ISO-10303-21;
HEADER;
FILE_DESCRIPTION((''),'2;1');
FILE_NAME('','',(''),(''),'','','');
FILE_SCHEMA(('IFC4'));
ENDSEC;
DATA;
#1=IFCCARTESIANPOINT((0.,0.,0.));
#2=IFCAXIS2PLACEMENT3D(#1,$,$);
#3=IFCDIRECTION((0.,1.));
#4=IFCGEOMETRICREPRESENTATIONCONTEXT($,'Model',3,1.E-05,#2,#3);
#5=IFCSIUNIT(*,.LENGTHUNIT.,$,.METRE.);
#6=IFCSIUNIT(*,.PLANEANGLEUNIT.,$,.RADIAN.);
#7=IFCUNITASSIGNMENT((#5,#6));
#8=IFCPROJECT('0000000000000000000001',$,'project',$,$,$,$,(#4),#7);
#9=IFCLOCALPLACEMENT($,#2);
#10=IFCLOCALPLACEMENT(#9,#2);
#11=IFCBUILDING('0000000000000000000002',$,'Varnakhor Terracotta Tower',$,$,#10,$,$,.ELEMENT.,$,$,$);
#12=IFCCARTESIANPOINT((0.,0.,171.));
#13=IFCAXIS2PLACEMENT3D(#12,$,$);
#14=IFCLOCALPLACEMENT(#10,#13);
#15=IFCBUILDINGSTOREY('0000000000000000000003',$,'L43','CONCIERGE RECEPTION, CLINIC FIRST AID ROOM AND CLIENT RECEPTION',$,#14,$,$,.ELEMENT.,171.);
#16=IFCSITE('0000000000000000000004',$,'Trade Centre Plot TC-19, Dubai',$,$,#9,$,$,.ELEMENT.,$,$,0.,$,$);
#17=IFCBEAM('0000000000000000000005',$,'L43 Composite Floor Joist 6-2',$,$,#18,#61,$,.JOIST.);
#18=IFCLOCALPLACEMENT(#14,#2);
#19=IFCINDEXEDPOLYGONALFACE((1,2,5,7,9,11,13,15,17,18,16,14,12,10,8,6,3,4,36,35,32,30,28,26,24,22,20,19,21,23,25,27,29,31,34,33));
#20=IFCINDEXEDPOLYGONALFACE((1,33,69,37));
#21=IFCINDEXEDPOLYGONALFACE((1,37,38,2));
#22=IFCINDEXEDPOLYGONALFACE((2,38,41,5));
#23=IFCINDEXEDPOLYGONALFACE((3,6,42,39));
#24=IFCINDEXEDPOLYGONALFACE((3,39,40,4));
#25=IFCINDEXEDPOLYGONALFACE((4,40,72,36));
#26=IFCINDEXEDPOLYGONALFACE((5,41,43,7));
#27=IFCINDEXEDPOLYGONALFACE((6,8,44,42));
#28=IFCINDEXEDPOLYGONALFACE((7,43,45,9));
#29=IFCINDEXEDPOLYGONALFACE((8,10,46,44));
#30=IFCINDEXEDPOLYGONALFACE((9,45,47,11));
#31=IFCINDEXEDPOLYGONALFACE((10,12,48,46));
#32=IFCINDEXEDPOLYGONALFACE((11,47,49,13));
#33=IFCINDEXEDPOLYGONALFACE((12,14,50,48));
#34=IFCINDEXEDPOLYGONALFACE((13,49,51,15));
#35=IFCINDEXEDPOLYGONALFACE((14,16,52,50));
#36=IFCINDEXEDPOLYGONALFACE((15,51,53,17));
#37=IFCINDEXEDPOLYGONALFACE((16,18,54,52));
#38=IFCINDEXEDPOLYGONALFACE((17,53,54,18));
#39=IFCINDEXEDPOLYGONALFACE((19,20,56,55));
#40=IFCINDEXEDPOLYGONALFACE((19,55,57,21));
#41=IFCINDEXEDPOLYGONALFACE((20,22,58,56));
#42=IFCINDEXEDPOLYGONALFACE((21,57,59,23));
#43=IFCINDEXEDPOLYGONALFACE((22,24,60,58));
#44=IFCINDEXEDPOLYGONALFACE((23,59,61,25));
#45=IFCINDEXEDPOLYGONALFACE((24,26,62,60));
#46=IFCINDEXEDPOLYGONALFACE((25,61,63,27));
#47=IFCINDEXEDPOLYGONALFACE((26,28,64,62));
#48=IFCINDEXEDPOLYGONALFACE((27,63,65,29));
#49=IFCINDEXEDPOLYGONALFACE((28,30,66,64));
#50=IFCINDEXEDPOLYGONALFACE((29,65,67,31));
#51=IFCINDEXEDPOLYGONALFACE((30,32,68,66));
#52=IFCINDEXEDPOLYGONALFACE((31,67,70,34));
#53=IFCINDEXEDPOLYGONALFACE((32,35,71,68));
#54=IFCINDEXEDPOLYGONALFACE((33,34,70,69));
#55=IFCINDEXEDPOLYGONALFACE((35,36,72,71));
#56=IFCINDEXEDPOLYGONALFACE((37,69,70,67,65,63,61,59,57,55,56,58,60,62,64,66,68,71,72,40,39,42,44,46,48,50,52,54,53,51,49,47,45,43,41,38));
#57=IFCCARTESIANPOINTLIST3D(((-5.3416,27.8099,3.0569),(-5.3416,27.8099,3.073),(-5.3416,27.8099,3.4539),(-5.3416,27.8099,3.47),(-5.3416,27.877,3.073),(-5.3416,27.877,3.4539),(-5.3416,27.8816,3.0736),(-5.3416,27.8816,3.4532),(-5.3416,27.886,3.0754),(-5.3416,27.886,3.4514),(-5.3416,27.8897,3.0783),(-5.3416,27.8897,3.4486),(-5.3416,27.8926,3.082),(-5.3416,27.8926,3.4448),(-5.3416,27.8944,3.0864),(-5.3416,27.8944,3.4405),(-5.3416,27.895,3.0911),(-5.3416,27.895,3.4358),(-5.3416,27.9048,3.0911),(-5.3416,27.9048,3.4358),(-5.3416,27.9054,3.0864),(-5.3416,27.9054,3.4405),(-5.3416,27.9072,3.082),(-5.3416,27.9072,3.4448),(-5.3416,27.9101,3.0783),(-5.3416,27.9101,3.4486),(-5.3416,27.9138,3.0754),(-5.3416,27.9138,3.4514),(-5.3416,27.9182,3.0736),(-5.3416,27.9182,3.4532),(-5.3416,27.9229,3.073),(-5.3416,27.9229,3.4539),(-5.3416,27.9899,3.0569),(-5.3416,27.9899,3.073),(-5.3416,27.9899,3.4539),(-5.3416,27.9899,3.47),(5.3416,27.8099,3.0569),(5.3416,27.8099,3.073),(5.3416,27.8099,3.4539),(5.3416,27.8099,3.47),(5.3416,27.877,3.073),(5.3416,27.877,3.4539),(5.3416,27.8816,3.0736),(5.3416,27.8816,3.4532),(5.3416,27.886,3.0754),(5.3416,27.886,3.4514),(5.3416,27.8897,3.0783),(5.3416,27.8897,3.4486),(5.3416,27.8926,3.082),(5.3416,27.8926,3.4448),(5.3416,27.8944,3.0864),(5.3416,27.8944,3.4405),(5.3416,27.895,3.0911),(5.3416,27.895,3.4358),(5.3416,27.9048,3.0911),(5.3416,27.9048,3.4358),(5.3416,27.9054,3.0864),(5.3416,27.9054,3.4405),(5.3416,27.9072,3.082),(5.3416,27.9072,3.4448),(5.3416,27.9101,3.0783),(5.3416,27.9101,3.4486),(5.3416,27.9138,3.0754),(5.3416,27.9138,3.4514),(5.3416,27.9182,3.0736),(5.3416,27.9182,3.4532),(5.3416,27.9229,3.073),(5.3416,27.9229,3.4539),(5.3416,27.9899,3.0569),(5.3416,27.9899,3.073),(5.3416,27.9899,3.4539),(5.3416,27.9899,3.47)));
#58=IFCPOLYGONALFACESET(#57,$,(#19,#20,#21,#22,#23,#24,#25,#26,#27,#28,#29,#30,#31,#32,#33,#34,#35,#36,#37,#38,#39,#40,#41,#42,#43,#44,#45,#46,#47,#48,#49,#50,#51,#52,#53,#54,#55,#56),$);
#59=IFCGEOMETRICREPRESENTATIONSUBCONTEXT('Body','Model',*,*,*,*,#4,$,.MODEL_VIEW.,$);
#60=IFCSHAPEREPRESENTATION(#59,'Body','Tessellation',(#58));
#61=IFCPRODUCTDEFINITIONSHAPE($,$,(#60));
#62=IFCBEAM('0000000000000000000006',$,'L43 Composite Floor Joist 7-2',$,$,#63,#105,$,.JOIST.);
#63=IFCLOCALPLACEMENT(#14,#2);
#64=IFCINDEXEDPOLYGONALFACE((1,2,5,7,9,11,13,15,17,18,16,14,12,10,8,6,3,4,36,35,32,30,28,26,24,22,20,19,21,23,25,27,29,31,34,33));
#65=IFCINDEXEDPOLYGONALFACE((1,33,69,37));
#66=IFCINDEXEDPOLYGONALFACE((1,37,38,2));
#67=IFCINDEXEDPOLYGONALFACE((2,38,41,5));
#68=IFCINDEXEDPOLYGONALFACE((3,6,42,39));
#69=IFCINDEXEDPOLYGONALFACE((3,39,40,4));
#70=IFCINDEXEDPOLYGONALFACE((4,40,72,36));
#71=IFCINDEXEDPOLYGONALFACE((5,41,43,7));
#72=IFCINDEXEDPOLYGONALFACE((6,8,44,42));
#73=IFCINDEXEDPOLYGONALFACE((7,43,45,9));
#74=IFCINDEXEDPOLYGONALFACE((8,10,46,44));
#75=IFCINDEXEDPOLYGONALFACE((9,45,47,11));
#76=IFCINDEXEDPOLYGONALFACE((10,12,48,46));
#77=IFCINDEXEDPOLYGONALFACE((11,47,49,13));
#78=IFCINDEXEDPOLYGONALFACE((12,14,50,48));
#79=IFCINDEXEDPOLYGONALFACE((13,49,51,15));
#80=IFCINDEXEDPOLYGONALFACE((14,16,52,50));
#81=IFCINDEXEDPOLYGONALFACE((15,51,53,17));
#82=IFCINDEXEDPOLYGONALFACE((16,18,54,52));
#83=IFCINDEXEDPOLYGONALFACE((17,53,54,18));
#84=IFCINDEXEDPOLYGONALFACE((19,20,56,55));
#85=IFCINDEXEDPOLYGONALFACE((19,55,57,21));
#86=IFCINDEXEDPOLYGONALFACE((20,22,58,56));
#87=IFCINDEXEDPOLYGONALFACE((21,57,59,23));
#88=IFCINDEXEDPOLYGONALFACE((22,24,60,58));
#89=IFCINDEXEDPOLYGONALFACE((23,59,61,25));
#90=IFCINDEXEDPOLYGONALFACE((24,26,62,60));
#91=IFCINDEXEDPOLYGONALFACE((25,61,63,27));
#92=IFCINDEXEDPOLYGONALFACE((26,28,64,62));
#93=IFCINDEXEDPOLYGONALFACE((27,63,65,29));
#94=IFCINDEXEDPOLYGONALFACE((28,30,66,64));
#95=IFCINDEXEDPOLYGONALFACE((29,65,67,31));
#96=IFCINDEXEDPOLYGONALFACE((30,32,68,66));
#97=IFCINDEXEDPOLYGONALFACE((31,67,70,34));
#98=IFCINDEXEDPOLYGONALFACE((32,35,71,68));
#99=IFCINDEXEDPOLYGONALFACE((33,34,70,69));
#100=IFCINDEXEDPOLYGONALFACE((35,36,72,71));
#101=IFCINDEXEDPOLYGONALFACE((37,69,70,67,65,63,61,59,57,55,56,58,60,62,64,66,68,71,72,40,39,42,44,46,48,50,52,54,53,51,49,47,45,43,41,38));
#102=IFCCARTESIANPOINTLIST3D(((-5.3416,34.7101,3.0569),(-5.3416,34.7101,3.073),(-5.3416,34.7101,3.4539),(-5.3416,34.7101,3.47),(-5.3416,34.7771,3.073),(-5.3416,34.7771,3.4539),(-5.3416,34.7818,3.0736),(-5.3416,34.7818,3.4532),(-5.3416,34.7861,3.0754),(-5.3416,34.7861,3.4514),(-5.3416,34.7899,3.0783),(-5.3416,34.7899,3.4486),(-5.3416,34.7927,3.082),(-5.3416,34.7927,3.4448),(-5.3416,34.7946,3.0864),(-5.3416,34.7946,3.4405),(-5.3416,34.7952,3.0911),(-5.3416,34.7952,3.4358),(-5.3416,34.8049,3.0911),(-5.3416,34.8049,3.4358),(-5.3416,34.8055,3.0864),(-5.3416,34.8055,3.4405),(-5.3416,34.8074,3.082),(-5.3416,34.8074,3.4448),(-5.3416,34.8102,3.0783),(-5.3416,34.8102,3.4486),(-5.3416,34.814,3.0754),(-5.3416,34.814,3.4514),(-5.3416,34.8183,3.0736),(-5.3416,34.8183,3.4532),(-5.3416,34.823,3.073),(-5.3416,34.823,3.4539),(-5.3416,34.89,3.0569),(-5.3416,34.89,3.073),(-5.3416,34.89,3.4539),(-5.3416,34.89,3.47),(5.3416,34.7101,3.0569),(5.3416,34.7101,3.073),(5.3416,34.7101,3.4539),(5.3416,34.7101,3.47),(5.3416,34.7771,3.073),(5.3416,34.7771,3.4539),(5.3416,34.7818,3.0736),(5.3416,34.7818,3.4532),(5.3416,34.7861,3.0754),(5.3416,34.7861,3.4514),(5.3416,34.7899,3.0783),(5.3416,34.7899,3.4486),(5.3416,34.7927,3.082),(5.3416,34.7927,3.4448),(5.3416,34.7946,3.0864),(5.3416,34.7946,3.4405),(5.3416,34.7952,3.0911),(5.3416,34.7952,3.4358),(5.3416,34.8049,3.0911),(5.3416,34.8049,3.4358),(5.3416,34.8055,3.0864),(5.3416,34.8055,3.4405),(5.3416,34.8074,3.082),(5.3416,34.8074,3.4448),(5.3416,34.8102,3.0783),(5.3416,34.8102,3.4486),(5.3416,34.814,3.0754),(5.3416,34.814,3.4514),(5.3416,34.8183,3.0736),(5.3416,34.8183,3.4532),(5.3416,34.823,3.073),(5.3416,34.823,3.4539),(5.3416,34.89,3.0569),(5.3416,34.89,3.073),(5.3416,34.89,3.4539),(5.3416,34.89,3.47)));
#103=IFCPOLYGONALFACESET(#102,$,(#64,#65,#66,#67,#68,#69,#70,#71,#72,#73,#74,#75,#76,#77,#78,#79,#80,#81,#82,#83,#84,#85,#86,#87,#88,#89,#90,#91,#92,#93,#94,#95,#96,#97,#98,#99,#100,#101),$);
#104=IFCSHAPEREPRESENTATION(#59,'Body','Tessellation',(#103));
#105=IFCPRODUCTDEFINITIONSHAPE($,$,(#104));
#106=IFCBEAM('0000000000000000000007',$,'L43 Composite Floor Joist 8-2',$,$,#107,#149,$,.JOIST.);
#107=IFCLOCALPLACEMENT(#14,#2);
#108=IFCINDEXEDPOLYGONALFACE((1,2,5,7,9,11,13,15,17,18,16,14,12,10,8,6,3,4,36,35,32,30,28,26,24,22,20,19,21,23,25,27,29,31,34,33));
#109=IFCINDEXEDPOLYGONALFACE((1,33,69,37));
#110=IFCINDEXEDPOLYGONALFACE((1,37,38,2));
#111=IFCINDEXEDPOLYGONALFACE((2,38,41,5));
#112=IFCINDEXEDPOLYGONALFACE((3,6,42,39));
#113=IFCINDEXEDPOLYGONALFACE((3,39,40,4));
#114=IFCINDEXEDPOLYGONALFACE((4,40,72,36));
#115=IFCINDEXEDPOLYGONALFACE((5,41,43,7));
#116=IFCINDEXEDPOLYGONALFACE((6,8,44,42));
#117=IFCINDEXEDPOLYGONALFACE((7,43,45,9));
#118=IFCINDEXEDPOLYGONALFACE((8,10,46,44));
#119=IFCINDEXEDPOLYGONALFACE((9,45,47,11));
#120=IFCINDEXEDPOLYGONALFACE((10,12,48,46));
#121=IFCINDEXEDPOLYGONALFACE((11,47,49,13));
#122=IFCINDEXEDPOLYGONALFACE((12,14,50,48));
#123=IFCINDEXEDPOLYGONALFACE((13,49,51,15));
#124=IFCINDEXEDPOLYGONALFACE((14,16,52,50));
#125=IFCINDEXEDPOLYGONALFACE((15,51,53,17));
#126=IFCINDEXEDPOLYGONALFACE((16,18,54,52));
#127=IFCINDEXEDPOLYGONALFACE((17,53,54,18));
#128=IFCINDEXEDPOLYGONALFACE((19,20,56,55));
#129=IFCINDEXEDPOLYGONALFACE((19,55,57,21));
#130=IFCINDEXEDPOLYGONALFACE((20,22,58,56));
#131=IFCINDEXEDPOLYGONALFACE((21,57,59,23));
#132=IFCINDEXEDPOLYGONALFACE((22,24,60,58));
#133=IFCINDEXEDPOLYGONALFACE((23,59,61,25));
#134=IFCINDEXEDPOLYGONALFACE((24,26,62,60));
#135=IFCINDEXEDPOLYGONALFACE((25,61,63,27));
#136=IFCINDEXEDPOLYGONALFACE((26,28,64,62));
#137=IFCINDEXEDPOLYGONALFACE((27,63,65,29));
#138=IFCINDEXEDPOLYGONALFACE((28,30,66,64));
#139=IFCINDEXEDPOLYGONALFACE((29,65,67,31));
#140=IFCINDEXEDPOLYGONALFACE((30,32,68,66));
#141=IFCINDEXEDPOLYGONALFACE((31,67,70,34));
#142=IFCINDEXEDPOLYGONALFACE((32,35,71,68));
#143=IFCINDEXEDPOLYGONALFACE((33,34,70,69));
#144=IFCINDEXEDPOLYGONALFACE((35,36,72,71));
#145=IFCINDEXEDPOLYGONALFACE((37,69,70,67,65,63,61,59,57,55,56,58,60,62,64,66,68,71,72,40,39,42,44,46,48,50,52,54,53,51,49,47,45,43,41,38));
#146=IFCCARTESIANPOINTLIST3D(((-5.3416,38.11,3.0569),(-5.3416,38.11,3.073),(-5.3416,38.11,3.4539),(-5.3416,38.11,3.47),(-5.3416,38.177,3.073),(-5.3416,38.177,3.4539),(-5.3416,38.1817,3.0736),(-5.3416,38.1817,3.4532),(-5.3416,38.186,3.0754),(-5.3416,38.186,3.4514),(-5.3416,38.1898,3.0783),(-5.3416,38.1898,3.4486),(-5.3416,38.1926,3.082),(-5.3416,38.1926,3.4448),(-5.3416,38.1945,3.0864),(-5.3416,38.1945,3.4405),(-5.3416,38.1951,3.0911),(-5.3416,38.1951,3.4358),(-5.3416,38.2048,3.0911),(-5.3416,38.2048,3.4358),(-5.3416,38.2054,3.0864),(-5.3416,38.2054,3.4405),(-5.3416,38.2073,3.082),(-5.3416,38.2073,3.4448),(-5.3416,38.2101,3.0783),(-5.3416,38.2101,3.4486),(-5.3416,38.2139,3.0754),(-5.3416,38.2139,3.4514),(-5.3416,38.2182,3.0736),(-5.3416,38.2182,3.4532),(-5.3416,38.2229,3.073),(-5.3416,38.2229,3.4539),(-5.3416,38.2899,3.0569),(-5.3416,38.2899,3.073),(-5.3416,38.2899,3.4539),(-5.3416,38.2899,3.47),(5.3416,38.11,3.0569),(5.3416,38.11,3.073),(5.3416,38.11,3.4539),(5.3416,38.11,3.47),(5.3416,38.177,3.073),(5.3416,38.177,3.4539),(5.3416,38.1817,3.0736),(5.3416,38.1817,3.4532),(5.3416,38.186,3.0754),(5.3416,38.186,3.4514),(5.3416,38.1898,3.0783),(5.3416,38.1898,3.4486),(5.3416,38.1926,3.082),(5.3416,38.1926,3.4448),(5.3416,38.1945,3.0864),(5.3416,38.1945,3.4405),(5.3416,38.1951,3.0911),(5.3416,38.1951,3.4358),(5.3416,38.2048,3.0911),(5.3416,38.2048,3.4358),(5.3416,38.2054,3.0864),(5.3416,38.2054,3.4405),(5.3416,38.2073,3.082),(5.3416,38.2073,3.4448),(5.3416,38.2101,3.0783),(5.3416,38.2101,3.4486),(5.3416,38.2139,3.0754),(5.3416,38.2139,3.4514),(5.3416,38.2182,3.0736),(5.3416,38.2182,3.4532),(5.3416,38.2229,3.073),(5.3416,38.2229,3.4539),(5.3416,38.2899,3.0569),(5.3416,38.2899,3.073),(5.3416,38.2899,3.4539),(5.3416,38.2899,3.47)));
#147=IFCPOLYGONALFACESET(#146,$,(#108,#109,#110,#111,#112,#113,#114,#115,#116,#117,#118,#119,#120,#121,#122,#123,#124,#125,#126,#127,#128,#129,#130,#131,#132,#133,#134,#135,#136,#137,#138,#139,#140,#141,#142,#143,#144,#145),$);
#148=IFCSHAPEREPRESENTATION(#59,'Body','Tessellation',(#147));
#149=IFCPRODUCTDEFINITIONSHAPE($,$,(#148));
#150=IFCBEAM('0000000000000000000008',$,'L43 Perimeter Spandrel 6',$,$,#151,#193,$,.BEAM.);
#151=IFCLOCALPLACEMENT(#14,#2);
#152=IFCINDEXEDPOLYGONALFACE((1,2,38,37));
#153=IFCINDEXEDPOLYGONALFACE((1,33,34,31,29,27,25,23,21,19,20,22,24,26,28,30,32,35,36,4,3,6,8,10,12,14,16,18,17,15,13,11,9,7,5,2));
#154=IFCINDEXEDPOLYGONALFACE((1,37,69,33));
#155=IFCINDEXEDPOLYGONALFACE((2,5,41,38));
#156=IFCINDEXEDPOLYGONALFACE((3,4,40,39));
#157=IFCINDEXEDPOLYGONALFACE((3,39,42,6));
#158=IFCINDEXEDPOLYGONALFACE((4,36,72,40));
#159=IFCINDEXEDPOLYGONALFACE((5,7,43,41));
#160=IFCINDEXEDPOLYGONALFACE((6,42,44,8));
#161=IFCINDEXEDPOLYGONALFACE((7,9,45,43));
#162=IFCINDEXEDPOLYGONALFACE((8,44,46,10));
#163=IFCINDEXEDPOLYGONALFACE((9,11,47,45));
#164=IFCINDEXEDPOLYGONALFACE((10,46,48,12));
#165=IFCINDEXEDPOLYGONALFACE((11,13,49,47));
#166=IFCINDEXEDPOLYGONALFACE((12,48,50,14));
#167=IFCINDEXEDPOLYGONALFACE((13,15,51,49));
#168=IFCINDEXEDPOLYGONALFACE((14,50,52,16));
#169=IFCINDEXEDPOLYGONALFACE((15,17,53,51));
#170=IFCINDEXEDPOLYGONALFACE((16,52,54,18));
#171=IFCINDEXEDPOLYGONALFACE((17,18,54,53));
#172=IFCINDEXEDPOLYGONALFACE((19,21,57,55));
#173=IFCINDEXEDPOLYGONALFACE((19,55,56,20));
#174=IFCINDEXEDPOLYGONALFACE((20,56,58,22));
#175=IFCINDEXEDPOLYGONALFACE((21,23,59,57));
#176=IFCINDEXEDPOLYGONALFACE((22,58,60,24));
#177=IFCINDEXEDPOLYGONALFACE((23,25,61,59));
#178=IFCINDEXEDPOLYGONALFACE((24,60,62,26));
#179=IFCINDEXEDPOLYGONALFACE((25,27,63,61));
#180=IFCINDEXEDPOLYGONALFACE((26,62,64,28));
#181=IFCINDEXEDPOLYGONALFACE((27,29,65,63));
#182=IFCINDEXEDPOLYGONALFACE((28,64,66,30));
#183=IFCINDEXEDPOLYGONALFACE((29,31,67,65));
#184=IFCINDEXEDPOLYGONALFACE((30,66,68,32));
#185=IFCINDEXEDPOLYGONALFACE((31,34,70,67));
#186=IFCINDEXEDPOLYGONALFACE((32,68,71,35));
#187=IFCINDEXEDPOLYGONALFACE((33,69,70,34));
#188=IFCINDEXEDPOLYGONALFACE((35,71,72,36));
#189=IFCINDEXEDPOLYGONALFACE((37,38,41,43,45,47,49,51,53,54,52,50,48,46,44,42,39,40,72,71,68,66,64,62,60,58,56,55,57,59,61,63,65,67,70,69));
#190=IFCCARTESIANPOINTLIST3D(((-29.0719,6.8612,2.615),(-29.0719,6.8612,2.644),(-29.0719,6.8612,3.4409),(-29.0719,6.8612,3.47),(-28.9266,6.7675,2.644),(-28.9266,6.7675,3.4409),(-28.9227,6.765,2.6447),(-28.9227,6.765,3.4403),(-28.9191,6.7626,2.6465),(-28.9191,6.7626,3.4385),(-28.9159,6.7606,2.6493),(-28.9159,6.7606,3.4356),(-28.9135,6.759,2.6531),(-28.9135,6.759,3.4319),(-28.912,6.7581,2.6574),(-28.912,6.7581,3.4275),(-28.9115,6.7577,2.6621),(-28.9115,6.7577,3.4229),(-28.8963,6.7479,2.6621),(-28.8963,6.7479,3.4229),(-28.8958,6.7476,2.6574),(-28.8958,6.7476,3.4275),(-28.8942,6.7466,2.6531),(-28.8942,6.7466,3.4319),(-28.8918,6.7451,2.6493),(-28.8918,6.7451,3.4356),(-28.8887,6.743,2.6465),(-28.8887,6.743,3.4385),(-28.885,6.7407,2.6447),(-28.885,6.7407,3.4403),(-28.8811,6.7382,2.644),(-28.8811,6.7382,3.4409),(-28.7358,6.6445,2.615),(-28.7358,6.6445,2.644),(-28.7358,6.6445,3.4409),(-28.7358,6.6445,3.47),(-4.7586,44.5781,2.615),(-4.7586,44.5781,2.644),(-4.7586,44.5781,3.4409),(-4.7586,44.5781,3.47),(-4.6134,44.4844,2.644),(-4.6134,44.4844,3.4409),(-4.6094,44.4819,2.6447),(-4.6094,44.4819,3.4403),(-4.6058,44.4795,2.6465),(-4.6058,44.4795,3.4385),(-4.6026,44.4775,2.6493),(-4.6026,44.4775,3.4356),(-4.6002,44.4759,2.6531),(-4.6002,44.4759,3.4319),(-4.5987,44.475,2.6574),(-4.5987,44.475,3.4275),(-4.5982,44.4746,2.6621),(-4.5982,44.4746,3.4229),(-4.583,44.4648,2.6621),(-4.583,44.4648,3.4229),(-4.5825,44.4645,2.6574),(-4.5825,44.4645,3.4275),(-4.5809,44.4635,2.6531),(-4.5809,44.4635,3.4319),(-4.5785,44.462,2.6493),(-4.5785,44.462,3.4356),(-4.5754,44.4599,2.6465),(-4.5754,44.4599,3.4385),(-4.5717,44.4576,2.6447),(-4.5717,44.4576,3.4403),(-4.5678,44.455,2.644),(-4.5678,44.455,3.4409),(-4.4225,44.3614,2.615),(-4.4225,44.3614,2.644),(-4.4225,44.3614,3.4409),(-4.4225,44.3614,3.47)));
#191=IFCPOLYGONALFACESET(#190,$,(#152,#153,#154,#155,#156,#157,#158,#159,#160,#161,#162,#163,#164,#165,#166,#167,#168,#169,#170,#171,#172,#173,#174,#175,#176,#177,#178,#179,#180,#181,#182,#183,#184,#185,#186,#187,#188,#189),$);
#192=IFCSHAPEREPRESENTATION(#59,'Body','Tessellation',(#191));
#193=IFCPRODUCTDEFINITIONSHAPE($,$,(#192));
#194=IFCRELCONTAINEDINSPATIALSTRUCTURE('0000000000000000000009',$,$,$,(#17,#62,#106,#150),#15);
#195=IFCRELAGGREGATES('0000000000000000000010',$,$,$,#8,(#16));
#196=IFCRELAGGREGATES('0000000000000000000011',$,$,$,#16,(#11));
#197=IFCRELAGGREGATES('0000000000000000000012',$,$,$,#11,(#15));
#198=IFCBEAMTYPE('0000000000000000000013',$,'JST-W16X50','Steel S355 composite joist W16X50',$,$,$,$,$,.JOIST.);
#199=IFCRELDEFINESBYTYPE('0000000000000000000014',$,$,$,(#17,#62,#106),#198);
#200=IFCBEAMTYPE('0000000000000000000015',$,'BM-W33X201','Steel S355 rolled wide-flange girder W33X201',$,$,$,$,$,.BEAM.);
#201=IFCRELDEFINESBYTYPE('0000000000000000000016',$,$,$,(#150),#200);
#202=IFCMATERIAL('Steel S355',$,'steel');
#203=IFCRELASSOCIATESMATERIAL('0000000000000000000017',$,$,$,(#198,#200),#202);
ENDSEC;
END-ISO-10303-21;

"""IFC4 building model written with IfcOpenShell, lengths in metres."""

from ifc_helpers import new_model, si_unit, direction, frame, origin, origin_2d, place, context, subcontext, project, spatial, i_section, extrude, source, transform, mapped, material, material_profile, profile_set, type_object, element, save


model = new_model("IFC4")

# Units and contexts
model_context = context("Model", 3, precision=1e-05, world=origin(), true_north=direction((0.0, 1.0)))
body_context = subcontext(model_context, "Body", "Model", "MODEL_VIEW")
ifc_project = project(units=[si_unit("LENGTHUNIT", "METRE"), si_unit("PLANEANGLEUNIT", "RADIAN")], contexts=[model_context])

# Site, building, storey
site_placement = place(None, origin())
site = spatial("IfcSite", under=ifc_project, at=site_placement, Name="Trade Centre Plot TC-19, Dubai", CompositionType="ELEMENT", RefElevation=0.0)
building_placement = place(site_placement, origin())
building = spatial("IfcBuilding", under=site, at=building_placement, Name="Varnakhor Terracotta Tower", CompositionType="ELEMENT")
storey_placement = place(building_placement, frame((0.0, 0.0, 171.0)))
storey = spatial("IfcBuildingStorey", under=building, at=storey_placement, Name="L43", Description="CONCIERGE RECEPTION, CLINIC FIRST AID ROOM AND CLIENT RECEPTION", CompositionType="ELEMENT", Elevation=171.0)

# Beams
ifc_material_1 = material(Name="Steel S355", Category="steel")
ifc_material_profile_1 = material_profile(ifc_material_1, i_section(OverallWidth=0.1799, OverallDepth=0.4131, WebThickness=0.0098, FlangeThickness=0.0161, FilletRadius=0.0181, at=origin_2d()), Name="W16X50")
ifc_profile_set_1 = profile_set([ifc_material_profile_1], Name="Steel S355")
beam_type_1 = type_object("IfcBeamType", Name="JST-W16X50", Description="Steel S355 composite joist W16X50", PredefinedType="JOIST", material=ifc_profile_set_1)
shared_shape_1 = source(origin(), body_context, "Body", "SweptSolid", [
    extrude(i_section(OverallWidth=0.1799, OverallDepth=0.4131, WebThickness=0.0098, FlangeThickness=0.0161, FilletRadius=0.0181, at=origin_2d()), origin(), (0.0, 0.0, 1.0), 10.6831),
])
for number, where, z_axis, x_axis, name in (
    (1, (-5.3416, 27.8999, 3.2634), (1.0, 0.0, 0.0), (0.0, 1.0, 0.0), "L43 Composite Floor Joist 6-2"),
    (2, (-5.3416, 34.8, 3.2634), (1.0, 0.0, 0.0), (0.0, 1.0, 0.0), "L43 Composite Floor Joist 7-2"),
    (3, (-5.3416, 38.2, 3.2634), (1.0, 0.0, 0.0), (0.0, 1.0, 0.0), "L43 Composite Floor Joist 8-2"),
):
    element("IfcBeam", number, at=place(storey_placement, frame(where, z_axis=z_axis, x_axis=x_axis)), inside=storey, type_object=beam_type_1, Name=name, PredefinedType="JOIST", context=body_context, shape_type="MappedRepresentation", body=[
        mapped(shared_shape_1, transform((0.0, 0.0, 0.0), scale=1.0)),
    ])
ifc_material_profile_2 = material_profile(ifc_material_1, i_section(OverallWidth=0.3999, OverallDepth=0.855, WebThickness=0.0181, FlangeThickness=0.0291, FilletRadius=0.0181, at=origin_2d()), Name="W33X201")
ifc_profile_set_2 = profile_set([ifc_material_profile_2], Name="Steel S355")
beam_type_2 = type_object("IfcBeamType", Name="BM-W33X201", Description="Steel S355 rolled wide-flange girder W33X201", PredefinedType="BEAM", material=ifc_profile_set_2)
shared_shape_2 = source(origin(), body_context, "Body", "SweptSolid", [
    extrude(i_section(OverallWidth=0.3999, OverallDepth=0.855, WebThickness=0.0181, FlangeThickness=0.0291, FilletRadius=0.0181, at=origin_2d()), origin(), (0.0, 0.0, 1.0), 44.8743),
])
beam_1_placement = place(storey_placement, frame((-4.5906, 44.4697, 3.0425), z_axis=(-0.541809, -0.840501, 0.0), x_axis=(0.840501, -0.541809, 0.0)))
element("IfcBeam", 4, at=beam_1_placement, inside=storey, type_object=beam_type_2, Name="L43 Perimeter Spandrel 6", PredefinedType="BEAM", context=body_context, shape_type="MappedRepresentation", body=[
    mapped(shared_shape_2, transform((0.0, 0.0, 0.0), scale=1.0)),
])

save(model, "model.ifc")
